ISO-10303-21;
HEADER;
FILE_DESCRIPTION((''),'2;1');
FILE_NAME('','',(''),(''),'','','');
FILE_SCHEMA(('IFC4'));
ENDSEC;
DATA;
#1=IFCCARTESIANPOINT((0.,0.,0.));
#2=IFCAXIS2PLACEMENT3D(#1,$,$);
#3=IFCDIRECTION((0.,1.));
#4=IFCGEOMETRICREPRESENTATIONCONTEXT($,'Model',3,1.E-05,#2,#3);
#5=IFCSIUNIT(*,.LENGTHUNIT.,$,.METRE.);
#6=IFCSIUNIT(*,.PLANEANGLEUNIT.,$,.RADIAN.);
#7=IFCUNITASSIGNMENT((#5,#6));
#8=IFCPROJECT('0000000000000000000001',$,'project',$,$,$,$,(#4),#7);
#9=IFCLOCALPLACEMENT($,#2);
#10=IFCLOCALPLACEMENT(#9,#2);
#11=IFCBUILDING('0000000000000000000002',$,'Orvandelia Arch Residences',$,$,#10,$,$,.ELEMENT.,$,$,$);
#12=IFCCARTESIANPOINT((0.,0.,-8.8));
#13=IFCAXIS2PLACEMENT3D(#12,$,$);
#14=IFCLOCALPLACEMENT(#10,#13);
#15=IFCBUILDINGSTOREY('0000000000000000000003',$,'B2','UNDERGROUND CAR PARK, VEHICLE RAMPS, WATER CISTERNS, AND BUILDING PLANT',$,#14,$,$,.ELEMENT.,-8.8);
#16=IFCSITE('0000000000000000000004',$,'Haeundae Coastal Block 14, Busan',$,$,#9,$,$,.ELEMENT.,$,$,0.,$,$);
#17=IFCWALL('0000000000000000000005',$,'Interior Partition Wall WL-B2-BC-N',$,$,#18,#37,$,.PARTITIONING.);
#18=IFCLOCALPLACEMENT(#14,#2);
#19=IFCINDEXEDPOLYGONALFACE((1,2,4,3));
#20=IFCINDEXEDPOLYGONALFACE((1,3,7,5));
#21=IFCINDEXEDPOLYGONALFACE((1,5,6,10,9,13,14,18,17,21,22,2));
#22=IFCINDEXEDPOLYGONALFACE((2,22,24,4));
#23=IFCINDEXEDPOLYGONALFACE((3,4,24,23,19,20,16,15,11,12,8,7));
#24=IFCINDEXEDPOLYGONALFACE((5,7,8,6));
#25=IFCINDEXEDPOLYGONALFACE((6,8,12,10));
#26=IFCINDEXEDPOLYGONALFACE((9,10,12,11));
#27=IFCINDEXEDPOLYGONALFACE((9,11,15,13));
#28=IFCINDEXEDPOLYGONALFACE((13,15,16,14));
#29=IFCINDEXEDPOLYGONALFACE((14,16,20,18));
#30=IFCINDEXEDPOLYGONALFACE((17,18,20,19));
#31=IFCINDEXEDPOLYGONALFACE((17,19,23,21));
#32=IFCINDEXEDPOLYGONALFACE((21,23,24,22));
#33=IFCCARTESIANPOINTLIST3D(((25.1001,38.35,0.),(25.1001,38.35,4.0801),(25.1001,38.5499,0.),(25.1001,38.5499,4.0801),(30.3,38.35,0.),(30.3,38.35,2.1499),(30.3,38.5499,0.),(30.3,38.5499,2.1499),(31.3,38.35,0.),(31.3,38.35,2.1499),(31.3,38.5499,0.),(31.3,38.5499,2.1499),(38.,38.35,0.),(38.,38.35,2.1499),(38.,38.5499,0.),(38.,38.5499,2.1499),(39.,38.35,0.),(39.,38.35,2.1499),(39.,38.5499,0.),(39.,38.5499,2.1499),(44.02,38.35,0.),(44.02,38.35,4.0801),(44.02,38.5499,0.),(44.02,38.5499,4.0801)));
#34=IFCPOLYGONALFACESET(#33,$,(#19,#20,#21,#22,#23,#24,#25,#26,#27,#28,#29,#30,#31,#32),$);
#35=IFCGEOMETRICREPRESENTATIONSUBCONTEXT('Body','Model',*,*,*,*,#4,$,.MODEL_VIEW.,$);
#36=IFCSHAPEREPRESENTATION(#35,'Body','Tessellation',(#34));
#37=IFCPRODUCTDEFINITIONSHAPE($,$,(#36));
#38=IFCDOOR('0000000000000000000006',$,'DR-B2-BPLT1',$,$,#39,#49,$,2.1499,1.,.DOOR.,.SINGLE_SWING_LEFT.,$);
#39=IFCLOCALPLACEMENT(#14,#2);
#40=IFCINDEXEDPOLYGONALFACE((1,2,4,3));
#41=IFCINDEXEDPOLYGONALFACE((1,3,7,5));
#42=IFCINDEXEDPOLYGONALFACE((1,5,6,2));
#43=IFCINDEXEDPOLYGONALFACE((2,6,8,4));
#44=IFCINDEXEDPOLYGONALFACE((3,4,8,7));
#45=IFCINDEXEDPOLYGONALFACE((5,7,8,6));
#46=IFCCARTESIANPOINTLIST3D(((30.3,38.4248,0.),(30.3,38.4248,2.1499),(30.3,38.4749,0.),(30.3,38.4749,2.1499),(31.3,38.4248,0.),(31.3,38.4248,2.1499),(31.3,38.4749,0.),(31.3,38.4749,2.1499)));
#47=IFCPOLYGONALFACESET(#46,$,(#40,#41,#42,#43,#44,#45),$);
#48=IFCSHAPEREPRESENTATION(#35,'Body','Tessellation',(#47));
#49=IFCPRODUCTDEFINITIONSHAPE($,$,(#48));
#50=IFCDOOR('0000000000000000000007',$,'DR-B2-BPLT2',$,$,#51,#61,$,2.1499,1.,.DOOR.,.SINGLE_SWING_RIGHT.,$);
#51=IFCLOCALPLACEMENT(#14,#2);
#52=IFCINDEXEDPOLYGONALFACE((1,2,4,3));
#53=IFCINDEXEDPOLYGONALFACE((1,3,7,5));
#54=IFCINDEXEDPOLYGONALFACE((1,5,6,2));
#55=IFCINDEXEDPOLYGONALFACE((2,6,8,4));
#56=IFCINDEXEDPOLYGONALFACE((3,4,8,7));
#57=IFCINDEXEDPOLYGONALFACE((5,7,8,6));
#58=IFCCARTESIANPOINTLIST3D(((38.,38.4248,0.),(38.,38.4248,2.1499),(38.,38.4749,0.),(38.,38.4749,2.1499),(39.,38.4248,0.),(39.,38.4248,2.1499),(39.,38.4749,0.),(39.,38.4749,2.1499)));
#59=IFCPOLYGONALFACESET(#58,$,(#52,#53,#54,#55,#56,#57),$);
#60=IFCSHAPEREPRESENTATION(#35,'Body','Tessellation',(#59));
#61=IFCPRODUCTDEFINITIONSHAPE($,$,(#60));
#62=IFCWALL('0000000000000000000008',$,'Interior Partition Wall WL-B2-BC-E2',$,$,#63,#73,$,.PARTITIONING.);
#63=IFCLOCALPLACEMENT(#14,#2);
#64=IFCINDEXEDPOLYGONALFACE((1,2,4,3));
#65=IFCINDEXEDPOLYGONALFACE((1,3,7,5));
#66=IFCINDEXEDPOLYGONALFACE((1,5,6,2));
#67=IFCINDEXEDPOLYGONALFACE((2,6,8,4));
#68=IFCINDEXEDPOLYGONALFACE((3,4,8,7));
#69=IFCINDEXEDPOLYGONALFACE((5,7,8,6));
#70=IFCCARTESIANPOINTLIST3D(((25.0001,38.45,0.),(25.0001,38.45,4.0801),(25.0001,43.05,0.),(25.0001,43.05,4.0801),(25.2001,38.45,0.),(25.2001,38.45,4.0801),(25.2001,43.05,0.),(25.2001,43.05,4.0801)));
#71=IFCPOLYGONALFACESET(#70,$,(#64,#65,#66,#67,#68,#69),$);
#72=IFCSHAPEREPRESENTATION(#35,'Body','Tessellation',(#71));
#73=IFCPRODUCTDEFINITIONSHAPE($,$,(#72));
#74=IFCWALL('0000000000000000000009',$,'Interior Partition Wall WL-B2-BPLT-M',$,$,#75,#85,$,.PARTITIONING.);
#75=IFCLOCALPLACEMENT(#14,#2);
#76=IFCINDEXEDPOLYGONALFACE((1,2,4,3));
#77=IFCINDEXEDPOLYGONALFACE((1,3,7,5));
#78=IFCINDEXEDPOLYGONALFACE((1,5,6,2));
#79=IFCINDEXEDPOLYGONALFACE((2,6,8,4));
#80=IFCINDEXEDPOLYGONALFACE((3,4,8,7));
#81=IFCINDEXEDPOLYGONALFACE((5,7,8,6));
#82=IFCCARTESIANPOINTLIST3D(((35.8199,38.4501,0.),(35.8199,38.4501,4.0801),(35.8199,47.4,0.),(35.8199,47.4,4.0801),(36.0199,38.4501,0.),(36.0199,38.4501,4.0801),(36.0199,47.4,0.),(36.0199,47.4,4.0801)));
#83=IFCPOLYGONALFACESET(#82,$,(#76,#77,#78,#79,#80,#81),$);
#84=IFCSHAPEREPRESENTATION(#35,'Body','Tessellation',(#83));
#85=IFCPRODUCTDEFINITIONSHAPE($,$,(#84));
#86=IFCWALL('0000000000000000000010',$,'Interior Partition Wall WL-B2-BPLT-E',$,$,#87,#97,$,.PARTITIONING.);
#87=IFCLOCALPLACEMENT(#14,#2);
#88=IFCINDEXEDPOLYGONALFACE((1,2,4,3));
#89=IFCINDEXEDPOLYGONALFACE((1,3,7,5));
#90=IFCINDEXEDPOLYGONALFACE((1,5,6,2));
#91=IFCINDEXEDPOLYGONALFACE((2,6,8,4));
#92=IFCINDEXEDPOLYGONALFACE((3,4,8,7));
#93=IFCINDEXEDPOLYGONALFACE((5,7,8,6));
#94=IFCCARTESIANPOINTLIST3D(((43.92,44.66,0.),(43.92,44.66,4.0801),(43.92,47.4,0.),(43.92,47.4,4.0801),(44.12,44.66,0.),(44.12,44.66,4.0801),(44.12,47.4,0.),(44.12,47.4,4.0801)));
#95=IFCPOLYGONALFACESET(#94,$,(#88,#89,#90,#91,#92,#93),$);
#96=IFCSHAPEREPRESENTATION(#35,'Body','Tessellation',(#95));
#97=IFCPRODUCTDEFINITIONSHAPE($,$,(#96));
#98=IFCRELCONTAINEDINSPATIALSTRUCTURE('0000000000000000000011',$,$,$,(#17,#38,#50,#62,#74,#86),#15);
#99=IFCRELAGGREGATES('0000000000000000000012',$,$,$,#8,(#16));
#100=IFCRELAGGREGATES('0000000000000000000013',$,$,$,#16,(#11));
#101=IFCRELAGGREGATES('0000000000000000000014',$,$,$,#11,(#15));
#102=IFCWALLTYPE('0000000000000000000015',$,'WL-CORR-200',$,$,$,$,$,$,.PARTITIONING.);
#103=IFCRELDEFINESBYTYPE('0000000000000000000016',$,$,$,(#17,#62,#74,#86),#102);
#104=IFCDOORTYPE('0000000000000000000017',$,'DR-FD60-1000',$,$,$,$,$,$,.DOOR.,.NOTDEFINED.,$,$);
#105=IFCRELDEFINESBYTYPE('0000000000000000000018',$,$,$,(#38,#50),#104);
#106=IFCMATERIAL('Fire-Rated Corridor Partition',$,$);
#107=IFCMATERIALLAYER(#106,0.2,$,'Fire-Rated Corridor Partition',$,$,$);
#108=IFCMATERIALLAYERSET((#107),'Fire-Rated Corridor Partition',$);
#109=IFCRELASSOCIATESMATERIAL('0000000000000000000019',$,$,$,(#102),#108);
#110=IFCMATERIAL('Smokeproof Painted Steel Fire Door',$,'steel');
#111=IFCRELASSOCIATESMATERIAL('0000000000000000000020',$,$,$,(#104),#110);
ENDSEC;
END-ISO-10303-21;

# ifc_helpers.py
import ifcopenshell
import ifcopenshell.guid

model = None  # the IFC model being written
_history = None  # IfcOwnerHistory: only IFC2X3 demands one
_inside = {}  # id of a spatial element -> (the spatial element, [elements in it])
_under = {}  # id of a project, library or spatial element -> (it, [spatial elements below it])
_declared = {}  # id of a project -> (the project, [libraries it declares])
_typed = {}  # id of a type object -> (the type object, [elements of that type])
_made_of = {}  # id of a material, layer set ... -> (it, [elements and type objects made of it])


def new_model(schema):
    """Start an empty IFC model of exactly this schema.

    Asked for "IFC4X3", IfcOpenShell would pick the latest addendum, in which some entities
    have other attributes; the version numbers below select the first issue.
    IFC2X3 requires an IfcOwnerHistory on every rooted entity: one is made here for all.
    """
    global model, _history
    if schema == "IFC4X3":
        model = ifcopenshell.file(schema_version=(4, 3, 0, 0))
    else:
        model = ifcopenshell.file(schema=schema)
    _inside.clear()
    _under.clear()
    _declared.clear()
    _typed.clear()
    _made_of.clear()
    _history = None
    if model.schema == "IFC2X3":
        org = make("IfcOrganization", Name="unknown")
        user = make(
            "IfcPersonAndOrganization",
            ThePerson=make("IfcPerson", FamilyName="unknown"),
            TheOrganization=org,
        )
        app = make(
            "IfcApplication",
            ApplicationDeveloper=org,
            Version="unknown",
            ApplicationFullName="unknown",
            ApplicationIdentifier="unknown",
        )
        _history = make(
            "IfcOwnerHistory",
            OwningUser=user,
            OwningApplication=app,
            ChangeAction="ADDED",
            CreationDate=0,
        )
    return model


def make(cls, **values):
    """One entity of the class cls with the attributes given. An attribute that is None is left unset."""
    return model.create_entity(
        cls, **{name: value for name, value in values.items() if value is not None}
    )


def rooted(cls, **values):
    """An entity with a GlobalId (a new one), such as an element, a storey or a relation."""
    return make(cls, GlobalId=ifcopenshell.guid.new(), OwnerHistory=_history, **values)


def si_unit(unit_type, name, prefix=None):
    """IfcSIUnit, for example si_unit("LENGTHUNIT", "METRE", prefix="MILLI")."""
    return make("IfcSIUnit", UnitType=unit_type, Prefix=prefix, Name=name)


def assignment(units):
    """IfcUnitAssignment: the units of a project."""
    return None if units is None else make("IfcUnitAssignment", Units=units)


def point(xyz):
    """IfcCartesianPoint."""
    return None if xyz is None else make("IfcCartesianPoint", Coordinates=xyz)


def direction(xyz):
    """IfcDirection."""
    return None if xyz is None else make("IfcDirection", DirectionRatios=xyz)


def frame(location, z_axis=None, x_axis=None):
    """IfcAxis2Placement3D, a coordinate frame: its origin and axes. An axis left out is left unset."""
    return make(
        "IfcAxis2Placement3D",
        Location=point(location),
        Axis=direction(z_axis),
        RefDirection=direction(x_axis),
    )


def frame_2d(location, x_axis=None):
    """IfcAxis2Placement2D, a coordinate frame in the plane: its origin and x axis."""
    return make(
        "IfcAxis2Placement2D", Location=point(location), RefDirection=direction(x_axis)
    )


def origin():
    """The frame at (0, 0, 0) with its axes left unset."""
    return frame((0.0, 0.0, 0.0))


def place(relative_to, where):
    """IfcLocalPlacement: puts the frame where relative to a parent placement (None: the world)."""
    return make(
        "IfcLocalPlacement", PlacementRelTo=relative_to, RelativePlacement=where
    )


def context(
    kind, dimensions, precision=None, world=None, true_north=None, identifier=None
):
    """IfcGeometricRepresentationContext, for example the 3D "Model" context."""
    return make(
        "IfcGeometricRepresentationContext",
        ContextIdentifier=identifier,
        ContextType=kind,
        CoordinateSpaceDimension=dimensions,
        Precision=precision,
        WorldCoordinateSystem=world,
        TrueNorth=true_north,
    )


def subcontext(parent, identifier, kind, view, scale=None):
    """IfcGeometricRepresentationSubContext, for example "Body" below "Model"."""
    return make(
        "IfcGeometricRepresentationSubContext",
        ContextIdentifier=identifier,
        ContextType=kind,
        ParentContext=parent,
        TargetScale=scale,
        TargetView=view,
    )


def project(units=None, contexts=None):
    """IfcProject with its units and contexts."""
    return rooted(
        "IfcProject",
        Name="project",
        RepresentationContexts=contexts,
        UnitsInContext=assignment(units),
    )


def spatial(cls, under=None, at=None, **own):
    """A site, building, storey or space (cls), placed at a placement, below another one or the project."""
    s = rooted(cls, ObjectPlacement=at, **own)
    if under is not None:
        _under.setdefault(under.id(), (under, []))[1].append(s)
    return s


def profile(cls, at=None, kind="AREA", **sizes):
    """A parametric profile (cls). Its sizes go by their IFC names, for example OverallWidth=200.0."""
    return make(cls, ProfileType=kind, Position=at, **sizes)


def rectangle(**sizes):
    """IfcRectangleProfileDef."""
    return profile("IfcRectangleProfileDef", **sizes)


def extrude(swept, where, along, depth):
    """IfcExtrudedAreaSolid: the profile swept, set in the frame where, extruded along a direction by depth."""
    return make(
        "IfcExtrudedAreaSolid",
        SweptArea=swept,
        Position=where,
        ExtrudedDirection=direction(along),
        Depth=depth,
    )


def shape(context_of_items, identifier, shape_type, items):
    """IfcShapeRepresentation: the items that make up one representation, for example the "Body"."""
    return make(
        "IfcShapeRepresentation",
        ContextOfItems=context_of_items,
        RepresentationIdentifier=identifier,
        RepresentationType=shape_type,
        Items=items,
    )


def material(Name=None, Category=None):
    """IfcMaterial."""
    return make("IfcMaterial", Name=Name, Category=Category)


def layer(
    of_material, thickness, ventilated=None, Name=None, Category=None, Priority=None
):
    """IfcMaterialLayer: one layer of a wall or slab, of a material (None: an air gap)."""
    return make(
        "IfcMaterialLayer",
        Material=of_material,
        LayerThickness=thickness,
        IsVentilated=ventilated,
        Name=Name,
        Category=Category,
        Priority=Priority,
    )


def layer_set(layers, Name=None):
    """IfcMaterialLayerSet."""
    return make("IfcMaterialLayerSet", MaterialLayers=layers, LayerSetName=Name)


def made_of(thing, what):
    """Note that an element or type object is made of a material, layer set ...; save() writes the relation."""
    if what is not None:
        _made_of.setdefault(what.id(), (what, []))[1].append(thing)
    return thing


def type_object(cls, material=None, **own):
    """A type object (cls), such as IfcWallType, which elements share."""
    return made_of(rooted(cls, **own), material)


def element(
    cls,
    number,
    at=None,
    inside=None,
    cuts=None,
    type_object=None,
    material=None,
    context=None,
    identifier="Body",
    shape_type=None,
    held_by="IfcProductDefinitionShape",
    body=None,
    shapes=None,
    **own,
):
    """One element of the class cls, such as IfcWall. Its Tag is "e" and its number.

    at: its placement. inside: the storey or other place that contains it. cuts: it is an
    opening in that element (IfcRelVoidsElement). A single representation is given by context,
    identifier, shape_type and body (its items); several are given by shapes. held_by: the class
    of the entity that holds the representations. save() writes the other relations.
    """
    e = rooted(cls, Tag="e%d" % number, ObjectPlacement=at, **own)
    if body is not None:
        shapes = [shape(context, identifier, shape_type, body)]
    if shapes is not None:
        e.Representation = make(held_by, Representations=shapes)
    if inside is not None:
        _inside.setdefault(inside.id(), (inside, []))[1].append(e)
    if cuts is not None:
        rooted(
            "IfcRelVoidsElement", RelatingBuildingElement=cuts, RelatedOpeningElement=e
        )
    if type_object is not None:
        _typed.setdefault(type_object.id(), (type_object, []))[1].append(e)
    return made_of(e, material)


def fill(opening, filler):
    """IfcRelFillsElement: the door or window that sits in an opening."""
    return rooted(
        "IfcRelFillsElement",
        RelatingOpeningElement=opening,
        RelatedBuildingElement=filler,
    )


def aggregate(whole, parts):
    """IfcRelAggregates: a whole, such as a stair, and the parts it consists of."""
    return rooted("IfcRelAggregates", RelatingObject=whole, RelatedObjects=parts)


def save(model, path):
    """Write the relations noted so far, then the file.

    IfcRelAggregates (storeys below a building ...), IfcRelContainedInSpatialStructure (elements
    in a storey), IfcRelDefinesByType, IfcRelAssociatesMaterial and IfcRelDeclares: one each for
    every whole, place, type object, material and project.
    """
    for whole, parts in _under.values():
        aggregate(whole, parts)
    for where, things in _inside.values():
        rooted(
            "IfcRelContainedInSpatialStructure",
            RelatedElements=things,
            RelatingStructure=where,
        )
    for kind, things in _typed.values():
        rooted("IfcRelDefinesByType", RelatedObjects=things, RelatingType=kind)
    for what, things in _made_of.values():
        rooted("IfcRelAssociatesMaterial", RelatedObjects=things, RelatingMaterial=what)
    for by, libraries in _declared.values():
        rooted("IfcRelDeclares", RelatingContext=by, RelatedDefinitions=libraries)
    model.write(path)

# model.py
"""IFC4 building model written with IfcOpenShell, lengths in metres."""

from ifc_helpers import new_model, si_unit, direction, frame, frame_2d, origin, place, context, subcontext, project, spatial, rectangle, extrude, material, layer, layer_set, type_object, element, fill, save


model = new_model("IFC4")

# Units and contexts
model_context = context("Model", 3, precision=1e-05, world=origin(), true_north=direction((0.0, 1.0)))
body_context = subcontext(model_context, "Body", "Model", "MODEL_VIEW")
ifc_project = project(units=[si_unit("LENGTHUNIT", "METRE"), si_unit("PLANEANGLEUNIT", "RADIAN")], contexts=[model_context])

# Site, building, storey
site_placement = place(None, origin())
site = spatial("IfcSite", under=ifc_project, at=site_placement, Name="Haeundae Coastal Block 14, Busan", CompositionType="ELEMENT", RefElevation=0.0)
building_placement = place(site_placement, origin())
building = spatial("IfcBuilding", under=site, at=building_placement, Name="Orvandelia Arch Residences", CompositionType="ELEMENT")
storey_placement = place(building_placement, frame((0.0, 0.0, -8.8)))
storey = spatial("IfcBuildingStorey", under=building, at=storey_placement, Name="B2", Description="UNDERGROUND CAR PARK, VEHICLE RAMPS, WATER CISTERNS, AND BUILDING PLANT", CompositionType="ELEMENT", Elevation=-8.8)

# Shared definitions
ifc_material_1 = material(Name="Fire-Rated Corridor Partition")
ifc_layer_1 = layer(ifc_material_1, 0.2, Name="Fire-Rated Corridor Partition")
ifc_layer_set_1 = layer_set([ifc_layer_1], Name="Fire-Rated Corridor Partition")
wall_type_1 = type_object("IfcWallType", Name="WL-CORR-200", PredefinedType="PARTITIONING", material=ifc_layer_set_1)
ifc_material_2 = material(Name="Smokeproof Painted Steel Fire Door", Category="steel")
door_type_1 = type_object("IfcDoorType", Name="DR-FD60-1000", OperationType="NOTDEFINED", PredefinedType="DOOR", material=ifc_material_2)

# Wall, openings, doors
wall_1_placement = place(storey_placement, frame((25.1001, 38.45, 0.0), z_axis=(0.0, 0.0, 1.0), x_axis=(1.0, 0.0, 0.0)))
wall_1 = element("IfcWall", 1, at=wall_1_placement, inside=storey, type_object=wall_type_1, Name="Interior Partition Wall WL-B2-BC-N", PredefinedType="PARTITIONING", context=body_context, shape_type="SweptSolid", body=[
    extrude(rectangle(XDim=18.9199, YDim=0.2, at=frame_2d((9.46, 0.0))), origin(), (0.0, 0.0, 1.0), 4.0801),
])
opening_1_placement = place(wall_1_placement, frame((5.2, 0.0, 0.0)))
opening_1 = element("IfcOpeningElement", 2, at=opening_1_placement, cuts=wall_1, PredefinedType="OPENING", context=body_context, shape_type="SweptSolid", body=[
    extrude(rectangle(XDim=1.0, YDim=2.1499, at=frame_2d((0.5, 1.075))), frame((0.0, 0.1099, 0.0), z_axis=(0.0, -1.0, 0.0), x_axis=(1.0, 0.0, 0.0)), (0.0, 0.0, 1.0), 0.22),
])
opening_2_placement = place(wall_1_placement, frame((12.8999, 0.0, 0.0)))
opening_2 = element("IfcOpeningElement", 3, at=opening_2_placement, cuts=wall_1, PredefinedType="OPENING", context=body_context, shape_type="SweptSolid", body=[
    extrude(rectangle(XDim=1.0, YDim=2.1499, at=frame_2d((0.5, 1.075))), frame((0.0, 0.1099, 0.0), z_axis=(0.0, -1.0, 0.0), x_axis=(1.0, 0.0, 0.0)), (0.0, 0.0, 1.0), 0.22),
])
door_1_placement = place(opening_1_placement, origin())
door_1 = element("IfcDoor", 4, at=door_1_placement, inside=storey, type_object=door_type_1, Name="DR-B2-BPLT1", OperationType="SINGLE_SWING_LEFT", OverallHeight=2.1499, OverallWidth=1.0, PredefinedType="DOOR", context=body_context, shape_type="SweptSolid", body=[
    extrude(rectangle(XDim=1.0, YDim=2.1499, at=frame_2d((0.5, 1.075))), frame((0.0, 0.0249, 0.0), z_axis=(0.0, -1.0, 0.0), x_axis=(1.0, 0.0, 0.0)), (0.0, 0.0, 1.0), 0.05),
])
fill(opening_1, door_1)
door_2_placement = place(opening_2_placement, origin())
door_2 = element("IfcDoor", 5, at=door_2_placement, inside=storey, type_object=door_type_1, Name="DR-B2-BPLT2", OperationType="SINGLE_SWING_RIGHT", OverallHeight=2.1499, OverallWidth=1.0, PredefinedType="DOOR", context=body_context, shape_type="SweptSolid", body=[
    extrude(rectangle(XDim=1.0, YDim=2.1499, at=frame_2d((0.5, 1.075))), frame((0.0, 0.0249, 0.0), z_axis=(0.0, -1.0, 0.0), x_axis=(1.0, 0.0, 0.0)), (0.0, 0.0, 1.0), 0.05),
])
fill(opening_2, door_2)

# Walls
wall_2_placement = place(storey_placement, frame((25.1001, 38.45, 0.0), z_axis=(0.0, 0.0, 1.0), x_axis=(0.0, 1.0, 0.0)))
element("IfcWall", 6, at=wall_2_placement, inside=storey, type_object=wall_type_1, Name="Interior Partition Wall WL-B2-BC-E2", PredefinedType="PARTITIONING", context=body_context, shape_type="SweptSolid", body=[
    extrude(rectangle(XDim=4.6001, YDim=0.2, at=frame_2d((2.3, 0.0))), origin(), (0.0, 0.0, 1.0), 4.0801),
])
wall_3_placement = place(storey_placement, frame((35.9199, 38.45, 0.0), z_axis=(0.0, 0.0, 1.0), x_axis=(0.0, 1.0, 0.0)))
element("IfcWall", 7, at=wall_3_placement, inside=storey, type_object=wall_type_1, Name="Interior Partition Wall WL-B2-BPLT-M", PredefinedType="PARTITIONING", context=body_context, shape_type="SweptSolid", body=[
    extrude(rectangle(XDim=8.95, YDim=0.2, at=frame_2d((4.4751, 0.0))), origin(), (0.0, 0.0, 1.0), 4.0801),
])
wall_4_placement = place(storey_placement, frame((44.02, 44.6599, 0.0), z_axis=(0.0, 0.0, 1.0), x_axis=(0.0, 1.0, 0.0)))
element("IfcWall", 8, at=wall_4_placement, inside=storey, type_object=wall_type_1, Name="Interior Partition Wall WL-B2-BPLT-E", PredefinedType="PARTITIONING", context=body_context, shape_type="SweptSolid", body=[
    extrude(rectangle(XDim=2.74, YDim=0.2, at=frame_2d((1.3701, 0.0))), origin(), (0.0, 0.0, 1.0), 4.0801),
])

save(model, "model.ifc")
